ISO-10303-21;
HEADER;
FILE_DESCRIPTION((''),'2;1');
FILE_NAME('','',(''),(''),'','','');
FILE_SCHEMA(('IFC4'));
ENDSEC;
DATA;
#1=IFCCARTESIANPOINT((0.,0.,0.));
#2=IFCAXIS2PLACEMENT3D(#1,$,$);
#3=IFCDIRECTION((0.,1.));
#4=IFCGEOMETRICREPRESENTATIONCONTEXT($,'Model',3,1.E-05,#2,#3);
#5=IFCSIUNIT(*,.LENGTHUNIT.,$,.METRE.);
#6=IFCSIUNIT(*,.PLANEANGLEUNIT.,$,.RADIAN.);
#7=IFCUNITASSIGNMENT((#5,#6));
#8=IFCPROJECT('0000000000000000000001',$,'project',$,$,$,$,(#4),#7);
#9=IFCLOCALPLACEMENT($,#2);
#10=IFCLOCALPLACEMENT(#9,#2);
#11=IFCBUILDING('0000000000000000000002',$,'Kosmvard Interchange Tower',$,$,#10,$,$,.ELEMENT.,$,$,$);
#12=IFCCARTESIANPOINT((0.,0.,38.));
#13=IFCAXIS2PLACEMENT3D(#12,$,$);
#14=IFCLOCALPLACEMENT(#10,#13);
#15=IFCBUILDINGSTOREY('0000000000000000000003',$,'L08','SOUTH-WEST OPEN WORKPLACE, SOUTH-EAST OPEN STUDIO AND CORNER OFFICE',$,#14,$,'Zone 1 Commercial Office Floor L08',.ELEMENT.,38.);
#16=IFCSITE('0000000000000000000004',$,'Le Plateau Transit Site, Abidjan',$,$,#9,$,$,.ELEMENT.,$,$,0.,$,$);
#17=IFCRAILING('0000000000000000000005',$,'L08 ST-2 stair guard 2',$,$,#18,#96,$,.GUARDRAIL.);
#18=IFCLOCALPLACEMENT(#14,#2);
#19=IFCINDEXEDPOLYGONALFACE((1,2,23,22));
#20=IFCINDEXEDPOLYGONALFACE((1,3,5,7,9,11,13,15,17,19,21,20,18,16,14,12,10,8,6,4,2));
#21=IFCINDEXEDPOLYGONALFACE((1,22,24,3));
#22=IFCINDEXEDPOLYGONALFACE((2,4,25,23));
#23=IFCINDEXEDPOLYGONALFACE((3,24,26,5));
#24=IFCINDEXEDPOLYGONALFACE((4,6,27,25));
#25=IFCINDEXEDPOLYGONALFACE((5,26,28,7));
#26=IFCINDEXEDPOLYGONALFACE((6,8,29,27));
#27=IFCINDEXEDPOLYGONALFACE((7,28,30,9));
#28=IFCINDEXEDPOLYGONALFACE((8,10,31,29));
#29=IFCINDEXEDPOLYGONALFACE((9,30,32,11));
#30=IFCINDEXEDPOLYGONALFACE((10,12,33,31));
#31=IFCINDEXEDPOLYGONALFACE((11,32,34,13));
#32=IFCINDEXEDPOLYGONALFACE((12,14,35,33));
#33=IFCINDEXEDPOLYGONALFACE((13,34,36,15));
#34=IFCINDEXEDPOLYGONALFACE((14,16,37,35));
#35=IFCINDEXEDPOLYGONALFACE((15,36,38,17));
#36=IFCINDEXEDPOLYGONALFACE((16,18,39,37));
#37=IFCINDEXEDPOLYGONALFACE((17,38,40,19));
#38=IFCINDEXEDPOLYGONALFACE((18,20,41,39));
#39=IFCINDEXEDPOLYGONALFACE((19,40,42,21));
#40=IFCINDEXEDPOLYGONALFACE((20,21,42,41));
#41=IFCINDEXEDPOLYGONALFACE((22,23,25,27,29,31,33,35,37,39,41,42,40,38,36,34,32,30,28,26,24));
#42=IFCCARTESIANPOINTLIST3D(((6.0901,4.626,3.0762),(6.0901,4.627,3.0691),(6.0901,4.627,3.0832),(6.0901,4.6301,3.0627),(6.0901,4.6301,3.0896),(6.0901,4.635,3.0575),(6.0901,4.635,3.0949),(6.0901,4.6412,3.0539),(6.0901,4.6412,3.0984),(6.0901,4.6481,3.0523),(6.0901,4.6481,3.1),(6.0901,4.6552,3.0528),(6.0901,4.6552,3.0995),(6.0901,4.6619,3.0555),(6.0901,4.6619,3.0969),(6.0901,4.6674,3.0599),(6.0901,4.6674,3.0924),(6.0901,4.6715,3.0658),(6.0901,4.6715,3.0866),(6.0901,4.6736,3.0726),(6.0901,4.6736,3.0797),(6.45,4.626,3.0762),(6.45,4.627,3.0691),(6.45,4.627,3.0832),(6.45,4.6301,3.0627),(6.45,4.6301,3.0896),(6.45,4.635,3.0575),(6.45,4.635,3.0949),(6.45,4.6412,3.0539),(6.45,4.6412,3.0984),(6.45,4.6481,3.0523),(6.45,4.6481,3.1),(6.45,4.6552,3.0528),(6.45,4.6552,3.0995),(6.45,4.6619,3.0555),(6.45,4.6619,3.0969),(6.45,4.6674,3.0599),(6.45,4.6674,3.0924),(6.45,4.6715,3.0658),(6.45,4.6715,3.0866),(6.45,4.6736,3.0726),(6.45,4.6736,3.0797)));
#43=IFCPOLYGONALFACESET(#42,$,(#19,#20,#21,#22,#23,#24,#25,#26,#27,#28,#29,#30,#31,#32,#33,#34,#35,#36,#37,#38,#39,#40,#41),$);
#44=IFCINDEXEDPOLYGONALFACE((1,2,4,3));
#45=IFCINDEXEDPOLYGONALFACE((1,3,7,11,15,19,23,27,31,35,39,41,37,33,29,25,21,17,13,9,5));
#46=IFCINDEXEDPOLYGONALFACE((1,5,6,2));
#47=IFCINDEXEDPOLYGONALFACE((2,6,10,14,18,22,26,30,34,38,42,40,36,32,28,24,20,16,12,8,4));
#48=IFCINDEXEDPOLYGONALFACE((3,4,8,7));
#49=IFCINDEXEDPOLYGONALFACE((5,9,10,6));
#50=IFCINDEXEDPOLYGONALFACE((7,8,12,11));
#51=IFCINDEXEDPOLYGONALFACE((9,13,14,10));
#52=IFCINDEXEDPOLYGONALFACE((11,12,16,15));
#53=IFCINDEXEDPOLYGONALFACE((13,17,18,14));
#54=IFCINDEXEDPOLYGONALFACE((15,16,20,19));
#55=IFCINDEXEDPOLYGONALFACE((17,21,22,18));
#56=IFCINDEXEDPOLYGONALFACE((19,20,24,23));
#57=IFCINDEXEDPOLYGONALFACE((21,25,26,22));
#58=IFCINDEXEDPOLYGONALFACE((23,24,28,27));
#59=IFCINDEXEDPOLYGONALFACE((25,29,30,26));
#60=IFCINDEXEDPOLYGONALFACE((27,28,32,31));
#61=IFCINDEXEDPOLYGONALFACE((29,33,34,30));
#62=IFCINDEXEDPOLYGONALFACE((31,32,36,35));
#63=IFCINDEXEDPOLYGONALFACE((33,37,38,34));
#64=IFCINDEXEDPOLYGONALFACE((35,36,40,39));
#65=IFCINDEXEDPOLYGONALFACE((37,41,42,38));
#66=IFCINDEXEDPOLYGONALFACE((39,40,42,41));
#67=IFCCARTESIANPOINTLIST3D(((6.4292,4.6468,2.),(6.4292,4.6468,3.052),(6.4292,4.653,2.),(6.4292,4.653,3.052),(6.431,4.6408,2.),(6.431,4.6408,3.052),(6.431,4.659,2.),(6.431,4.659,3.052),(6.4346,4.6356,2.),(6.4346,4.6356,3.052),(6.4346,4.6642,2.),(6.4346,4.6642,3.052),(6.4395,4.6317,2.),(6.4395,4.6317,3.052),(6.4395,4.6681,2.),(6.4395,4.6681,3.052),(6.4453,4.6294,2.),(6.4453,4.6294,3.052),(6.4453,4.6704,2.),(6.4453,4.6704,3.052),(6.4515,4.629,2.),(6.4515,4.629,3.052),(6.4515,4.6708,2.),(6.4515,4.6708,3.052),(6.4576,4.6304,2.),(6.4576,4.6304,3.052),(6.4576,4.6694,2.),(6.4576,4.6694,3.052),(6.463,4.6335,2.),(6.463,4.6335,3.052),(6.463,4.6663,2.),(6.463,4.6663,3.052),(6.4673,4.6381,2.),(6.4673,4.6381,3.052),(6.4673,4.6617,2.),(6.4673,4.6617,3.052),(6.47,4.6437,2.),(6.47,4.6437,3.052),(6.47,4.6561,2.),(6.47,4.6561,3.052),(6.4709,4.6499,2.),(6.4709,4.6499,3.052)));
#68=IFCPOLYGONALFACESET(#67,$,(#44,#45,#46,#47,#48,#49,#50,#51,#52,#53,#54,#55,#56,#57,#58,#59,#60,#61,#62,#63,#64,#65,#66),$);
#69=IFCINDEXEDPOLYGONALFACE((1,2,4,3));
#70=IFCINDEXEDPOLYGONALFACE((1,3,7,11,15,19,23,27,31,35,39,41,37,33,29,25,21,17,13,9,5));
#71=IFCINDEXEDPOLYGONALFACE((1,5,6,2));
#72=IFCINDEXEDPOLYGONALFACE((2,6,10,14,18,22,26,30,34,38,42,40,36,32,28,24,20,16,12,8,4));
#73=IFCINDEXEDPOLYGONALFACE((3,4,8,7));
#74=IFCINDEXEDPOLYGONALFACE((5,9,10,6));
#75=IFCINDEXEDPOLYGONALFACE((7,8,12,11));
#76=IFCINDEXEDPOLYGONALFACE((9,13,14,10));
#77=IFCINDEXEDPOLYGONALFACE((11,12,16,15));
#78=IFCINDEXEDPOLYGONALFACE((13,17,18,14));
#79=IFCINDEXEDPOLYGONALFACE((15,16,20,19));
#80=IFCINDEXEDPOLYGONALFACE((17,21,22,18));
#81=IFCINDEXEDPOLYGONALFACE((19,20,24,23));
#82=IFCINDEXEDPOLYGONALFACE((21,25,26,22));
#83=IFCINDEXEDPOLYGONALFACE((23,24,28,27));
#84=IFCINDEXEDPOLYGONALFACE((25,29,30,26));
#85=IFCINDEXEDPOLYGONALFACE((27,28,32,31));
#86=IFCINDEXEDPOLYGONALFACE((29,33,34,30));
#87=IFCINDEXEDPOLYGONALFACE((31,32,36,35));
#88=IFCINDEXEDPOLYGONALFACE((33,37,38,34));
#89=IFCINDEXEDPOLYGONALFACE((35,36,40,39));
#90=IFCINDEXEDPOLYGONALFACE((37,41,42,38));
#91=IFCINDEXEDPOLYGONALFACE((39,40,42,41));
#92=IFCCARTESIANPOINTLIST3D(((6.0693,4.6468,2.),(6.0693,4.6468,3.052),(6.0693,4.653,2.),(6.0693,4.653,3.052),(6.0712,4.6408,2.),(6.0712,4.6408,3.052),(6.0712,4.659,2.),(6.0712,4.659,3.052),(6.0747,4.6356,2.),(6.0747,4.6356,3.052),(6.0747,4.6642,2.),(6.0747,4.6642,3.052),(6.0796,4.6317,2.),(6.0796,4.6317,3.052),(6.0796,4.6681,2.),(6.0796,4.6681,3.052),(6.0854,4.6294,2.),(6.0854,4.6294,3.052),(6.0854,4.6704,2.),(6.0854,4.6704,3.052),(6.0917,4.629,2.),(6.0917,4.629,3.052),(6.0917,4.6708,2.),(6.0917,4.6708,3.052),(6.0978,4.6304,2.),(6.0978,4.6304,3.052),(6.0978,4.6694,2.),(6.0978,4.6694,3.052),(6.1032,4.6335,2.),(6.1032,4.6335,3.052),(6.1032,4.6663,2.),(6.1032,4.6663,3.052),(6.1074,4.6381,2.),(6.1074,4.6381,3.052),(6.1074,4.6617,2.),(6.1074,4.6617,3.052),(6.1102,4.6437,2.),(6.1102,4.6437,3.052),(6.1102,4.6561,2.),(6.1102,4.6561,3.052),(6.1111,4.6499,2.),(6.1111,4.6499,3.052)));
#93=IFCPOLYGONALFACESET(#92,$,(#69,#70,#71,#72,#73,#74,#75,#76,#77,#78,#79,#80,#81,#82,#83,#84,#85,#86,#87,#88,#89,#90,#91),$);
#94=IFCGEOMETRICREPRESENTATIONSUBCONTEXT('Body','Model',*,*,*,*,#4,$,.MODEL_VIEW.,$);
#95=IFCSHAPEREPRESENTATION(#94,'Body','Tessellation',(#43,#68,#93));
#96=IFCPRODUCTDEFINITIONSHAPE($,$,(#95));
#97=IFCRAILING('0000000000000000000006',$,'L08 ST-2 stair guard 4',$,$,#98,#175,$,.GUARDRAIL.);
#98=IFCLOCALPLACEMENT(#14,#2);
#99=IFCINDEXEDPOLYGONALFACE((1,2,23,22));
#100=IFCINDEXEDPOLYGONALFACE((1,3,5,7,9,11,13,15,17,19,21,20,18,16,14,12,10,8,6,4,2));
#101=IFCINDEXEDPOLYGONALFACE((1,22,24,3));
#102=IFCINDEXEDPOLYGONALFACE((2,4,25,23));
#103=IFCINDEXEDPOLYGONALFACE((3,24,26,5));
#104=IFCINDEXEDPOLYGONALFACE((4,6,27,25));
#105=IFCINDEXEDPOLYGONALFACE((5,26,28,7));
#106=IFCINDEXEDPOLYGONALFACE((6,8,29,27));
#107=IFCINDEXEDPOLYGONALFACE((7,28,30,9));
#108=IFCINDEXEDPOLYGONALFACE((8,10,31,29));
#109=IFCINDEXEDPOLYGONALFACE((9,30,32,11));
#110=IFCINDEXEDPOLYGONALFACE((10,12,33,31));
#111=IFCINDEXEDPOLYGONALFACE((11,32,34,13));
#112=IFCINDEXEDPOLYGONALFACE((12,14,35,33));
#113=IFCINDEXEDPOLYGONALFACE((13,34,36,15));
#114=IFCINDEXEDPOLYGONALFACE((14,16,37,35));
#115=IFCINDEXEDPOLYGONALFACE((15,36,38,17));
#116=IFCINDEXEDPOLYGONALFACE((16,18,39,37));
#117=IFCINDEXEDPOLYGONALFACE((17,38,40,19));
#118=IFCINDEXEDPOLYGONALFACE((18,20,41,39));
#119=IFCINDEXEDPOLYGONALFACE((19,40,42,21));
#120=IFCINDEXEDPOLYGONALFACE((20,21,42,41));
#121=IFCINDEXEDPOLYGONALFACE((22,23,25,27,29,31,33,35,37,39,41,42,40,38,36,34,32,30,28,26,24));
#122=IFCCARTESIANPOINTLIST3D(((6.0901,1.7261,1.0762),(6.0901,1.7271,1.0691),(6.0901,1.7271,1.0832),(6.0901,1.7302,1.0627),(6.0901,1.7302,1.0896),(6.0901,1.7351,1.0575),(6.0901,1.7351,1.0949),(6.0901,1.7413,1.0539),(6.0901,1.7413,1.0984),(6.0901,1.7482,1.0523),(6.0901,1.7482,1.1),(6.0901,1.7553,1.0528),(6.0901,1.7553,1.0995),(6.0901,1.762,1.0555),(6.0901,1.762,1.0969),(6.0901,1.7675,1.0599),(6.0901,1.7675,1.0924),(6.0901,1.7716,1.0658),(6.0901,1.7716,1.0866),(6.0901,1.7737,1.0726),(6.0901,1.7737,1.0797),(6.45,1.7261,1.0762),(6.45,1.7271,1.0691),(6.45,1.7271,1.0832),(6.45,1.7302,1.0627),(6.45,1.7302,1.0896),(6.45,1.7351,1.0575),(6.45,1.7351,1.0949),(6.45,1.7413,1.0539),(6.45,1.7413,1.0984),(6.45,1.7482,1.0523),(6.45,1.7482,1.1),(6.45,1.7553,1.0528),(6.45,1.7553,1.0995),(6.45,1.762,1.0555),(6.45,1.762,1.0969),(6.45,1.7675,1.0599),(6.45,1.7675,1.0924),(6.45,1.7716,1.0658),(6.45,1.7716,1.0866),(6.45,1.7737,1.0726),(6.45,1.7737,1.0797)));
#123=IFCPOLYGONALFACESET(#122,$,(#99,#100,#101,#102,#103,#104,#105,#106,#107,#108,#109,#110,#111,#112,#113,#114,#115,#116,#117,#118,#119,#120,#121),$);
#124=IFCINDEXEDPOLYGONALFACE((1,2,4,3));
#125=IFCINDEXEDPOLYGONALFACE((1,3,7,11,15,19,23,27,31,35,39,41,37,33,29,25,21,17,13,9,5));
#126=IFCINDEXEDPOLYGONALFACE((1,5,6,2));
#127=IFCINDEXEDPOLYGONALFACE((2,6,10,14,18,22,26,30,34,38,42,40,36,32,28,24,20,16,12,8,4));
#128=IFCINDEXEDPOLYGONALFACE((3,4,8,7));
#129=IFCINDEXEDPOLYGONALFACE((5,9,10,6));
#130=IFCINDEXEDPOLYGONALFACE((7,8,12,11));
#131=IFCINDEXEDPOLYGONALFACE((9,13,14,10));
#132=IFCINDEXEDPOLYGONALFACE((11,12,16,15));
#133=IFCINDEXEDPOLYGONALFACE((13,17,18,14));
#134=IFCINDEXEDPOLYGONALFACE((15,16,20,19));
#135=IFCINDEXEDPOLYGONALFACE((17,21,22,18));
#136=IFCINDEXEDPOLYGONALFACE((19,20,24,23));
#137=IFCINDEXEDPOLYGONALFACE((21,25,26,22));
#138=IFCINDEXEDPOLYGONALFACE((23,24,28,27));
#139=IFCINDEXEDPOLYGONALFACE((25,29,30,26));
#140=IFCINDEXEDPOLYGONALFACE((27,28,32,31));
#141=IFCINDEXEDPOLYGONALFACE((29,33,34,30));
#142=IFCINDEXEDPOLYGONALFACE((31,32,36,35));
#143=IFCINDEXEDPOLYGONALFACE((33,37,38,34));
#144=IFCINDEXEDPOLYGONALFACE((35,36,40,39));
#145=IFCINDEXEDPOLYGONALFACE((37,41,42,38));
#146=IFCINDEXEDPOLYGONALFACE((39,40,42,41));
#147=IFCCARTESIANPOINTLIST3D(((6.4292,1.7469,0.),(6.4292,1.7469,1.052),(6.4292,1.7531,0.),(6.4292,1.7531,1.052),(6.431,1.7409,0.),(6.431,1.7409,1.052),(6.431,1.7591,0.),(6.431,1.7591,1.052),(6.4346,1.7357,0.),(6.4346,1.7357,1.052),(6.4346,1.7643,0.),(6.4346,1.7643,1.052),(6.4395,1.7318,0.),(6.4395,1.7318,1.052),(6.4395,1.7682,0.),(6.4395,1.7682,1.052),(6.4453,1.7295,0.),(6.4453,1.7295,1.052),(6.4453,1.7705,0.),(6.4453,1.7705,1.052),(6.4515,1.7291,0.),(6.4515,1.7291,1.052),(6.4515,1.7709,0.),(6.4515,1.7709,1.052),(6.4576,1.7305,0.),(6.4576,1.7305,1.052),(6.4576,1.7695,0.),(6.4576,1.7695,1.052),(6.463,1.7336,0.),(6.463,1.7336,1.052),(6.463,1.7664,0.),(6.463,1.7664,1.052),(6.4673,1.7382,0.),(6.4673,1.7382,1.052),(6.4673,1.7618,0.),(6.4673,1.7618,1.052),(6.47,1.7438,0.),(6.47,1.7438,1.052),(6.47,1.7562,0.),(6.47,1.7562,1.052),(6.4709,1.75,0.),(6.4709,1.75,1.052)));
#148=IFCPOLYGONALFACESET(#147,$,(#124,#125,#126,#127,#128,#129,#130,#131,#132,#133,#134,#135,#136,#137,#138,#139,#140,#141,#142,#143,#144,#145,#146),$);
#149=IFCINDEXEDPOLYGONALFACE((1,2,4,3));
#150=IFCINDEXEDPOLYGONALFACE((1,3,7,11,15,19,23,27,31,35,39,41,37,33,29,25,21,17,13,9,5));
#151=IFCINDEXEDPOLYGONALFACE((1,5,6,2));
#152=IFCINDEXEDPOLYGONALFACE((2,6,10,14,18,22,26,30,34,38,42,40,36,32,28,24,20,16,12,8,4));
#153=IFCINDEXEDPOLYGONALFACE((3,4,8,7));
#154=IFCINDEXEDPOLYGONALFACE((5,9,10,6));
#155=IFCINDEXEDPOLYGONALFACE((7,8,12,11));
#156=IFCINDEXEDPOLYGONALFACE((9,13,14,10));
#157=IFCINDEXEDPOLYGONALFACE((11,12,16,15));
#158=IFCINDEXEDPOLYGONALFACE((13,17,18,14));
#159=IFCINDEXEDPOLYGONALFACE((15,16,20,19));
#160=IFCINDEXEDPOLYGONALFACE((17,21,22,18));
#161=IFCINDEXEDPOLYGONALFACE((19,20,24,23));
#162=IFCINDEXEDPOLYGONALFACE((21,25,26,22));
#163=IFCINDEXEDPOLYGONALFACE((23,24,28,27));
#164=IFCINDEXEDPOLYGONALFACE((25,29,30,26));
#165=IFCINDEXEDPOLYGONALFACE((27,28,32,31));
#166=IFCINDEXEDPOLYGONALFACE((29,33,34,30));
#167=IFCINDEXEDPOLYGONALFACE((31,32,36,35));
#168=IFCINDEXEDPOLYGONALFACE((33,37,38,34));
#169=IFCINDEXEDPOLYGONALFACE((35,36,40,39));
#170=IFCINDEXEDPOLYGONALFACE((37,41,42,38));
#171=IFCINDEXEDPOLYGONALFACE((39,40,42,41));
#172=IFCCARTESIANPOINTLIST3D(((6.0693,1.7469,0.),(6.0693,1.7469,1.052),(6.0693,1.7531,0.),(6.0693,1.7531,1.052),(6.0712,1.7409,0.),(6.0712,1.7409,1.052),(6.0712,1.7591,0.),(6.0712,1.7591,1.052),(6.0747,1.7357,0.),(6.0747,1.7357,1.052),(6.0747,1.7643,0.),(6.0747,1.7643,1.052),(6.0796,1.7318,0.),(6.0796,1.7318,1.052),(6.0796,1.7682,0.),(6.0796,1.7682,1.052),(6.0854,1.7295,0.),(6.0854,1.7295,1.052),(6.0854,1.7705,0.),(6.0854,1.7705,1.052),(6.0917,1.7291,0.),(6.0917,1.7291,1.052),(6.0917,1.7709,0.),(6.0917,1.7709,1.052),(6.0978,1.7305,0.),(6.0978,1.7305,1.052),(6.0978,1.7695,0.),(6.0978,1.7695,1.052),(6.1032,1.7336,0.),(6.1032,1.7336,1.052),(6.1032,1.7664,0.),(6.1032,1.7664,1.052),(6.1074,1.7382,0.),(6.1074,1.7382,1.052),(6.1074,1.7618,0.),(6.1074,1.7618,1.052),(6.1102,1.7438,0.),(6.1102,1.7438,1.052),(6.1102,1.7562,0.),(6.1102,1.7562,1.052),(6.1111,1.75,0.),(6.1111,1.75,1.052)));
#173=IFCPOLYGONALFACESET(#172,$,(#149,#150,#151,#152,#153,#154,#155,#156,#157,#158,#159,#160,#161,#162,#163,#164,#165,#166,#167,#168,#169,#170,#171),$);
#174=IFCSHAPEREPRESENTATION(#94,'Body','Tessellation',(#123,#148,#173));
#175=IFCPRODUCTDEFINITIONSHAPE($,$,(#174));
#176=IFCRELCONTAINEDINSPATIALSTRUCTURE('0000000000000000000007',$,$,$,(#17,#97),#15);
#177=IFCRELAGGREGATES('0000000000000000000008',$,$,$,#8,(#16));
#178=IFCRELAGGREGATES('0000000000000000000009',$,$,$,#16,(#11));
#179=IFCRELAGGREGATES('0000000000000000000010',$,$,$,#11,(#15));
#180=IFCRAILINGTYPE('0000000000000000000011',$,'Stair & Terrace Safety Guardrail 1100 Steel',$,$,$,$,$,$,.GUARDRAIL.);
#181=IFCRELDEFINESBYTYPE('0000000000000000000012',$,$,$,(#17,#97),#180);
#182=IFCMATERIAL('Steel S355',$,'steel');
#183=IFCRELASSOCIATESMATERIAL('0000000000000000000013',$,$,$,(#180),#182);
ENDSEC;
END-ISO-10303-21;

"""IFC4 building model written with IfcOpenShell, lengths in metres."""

from ifc_helpers import new_model, si_unit, direction, frame, origin, origin_2d, place, context, subcontext, project, spatial, circle, extrude, source, transform, mapped, material, type_object, element, save


model = new_model("IFC4")

# Units and contexts
model_context = context("Model", 3, precision=1e-05, world=origin(), true_north=direction((0.0, 1.0)))
body_context = subcontext(model_context, "Body", "Model", "MODEL_VIEW")
ifc_project = project(units=[si_unit("LENGTHUNIT", "METRE"), si_unit("PLANEANGLEUNIT", "RADIAN")], contexts=[model_context])

# Site, building, storey
site_placement = place(None, origin())
site = spatial("IfcSite", under=ifc_project, at=site_placement, Name="Le Plateau Transit Site, Abidjan", CompositionType="ELEMENT", RefElevation=0.0)
building_placement = place(site_placement, origin())
building = spatial("IfcBuilding", under=site, at=building_placement, Name="Kosmvard Interchange Tower", CompositionType="ELEMENT")
storey_placement = place(building_placement, frame((0.0, 0.0, 38.0)))
storey = spatial("IfcBuildingStorey", under=building, at=storey_placement, Name="L08", Description="SOUTH-WEST OPEN WORKPLACE, SOUTH-EAST OPEN STUDIO AND CORNER OFFICE", LongName="Zone 1 Commercial Office Floor L08", CompositionType="ELEMENT", Elevation=38.0)

# Shared definitions
ifc_material_1 = material(Name="Steel S355", Category="steel")

# Railings
railing_type_1 = type_object("IfcRailingType", Name="Stair & Terrace Safety Guardrail 1100 Steel", PredefinedType="GUARDRAIL", material=ifc_material_1)
shared_shape_1 = source(origin(), body_context, "Body", "SweptSolid", [
    extrude(circle(Radius=0.0239, at=origin_2d()), frame((0.0, 0.0, 1.0762), z_axis=(-1.0, 0.0, 0.0), x_axis=(0.0, -1.0, 0.0)), (0.0, 0.0, 1.0), 0.3599),
    extrude(circle(Radius=0.021, at=origin_2d()), origin(), (0.0, 0.0, 1.0), 1.052),
    extrude(circle(Radius=0.021, at=origin_2d()), frame((-0.3599, 0.0, 0.0)), (0.0, 0.0, 1.0), 1.052),
])
for number, where, name in (
    (1, (6.45, 4.6499, 2.0), "L08 ST-2 stair guard 2"),
    (2, (6.45, 1.75, 0.0), "L08 ST-2 stair guard 4"),
):
    element("IfcRailing", number, at=place(storey_placement, frame(where)), inside=storey, type_object=railing_type_1, Name=name, PredefinedType="GUARDRAIL", context=body_context, shape_type="MappedRepresentation", body=[
        mapped(shared_shape_1, transform((0.0, 0.0, 0.0), scale=1.0)),
    ])

save(model, "model.ifc")
